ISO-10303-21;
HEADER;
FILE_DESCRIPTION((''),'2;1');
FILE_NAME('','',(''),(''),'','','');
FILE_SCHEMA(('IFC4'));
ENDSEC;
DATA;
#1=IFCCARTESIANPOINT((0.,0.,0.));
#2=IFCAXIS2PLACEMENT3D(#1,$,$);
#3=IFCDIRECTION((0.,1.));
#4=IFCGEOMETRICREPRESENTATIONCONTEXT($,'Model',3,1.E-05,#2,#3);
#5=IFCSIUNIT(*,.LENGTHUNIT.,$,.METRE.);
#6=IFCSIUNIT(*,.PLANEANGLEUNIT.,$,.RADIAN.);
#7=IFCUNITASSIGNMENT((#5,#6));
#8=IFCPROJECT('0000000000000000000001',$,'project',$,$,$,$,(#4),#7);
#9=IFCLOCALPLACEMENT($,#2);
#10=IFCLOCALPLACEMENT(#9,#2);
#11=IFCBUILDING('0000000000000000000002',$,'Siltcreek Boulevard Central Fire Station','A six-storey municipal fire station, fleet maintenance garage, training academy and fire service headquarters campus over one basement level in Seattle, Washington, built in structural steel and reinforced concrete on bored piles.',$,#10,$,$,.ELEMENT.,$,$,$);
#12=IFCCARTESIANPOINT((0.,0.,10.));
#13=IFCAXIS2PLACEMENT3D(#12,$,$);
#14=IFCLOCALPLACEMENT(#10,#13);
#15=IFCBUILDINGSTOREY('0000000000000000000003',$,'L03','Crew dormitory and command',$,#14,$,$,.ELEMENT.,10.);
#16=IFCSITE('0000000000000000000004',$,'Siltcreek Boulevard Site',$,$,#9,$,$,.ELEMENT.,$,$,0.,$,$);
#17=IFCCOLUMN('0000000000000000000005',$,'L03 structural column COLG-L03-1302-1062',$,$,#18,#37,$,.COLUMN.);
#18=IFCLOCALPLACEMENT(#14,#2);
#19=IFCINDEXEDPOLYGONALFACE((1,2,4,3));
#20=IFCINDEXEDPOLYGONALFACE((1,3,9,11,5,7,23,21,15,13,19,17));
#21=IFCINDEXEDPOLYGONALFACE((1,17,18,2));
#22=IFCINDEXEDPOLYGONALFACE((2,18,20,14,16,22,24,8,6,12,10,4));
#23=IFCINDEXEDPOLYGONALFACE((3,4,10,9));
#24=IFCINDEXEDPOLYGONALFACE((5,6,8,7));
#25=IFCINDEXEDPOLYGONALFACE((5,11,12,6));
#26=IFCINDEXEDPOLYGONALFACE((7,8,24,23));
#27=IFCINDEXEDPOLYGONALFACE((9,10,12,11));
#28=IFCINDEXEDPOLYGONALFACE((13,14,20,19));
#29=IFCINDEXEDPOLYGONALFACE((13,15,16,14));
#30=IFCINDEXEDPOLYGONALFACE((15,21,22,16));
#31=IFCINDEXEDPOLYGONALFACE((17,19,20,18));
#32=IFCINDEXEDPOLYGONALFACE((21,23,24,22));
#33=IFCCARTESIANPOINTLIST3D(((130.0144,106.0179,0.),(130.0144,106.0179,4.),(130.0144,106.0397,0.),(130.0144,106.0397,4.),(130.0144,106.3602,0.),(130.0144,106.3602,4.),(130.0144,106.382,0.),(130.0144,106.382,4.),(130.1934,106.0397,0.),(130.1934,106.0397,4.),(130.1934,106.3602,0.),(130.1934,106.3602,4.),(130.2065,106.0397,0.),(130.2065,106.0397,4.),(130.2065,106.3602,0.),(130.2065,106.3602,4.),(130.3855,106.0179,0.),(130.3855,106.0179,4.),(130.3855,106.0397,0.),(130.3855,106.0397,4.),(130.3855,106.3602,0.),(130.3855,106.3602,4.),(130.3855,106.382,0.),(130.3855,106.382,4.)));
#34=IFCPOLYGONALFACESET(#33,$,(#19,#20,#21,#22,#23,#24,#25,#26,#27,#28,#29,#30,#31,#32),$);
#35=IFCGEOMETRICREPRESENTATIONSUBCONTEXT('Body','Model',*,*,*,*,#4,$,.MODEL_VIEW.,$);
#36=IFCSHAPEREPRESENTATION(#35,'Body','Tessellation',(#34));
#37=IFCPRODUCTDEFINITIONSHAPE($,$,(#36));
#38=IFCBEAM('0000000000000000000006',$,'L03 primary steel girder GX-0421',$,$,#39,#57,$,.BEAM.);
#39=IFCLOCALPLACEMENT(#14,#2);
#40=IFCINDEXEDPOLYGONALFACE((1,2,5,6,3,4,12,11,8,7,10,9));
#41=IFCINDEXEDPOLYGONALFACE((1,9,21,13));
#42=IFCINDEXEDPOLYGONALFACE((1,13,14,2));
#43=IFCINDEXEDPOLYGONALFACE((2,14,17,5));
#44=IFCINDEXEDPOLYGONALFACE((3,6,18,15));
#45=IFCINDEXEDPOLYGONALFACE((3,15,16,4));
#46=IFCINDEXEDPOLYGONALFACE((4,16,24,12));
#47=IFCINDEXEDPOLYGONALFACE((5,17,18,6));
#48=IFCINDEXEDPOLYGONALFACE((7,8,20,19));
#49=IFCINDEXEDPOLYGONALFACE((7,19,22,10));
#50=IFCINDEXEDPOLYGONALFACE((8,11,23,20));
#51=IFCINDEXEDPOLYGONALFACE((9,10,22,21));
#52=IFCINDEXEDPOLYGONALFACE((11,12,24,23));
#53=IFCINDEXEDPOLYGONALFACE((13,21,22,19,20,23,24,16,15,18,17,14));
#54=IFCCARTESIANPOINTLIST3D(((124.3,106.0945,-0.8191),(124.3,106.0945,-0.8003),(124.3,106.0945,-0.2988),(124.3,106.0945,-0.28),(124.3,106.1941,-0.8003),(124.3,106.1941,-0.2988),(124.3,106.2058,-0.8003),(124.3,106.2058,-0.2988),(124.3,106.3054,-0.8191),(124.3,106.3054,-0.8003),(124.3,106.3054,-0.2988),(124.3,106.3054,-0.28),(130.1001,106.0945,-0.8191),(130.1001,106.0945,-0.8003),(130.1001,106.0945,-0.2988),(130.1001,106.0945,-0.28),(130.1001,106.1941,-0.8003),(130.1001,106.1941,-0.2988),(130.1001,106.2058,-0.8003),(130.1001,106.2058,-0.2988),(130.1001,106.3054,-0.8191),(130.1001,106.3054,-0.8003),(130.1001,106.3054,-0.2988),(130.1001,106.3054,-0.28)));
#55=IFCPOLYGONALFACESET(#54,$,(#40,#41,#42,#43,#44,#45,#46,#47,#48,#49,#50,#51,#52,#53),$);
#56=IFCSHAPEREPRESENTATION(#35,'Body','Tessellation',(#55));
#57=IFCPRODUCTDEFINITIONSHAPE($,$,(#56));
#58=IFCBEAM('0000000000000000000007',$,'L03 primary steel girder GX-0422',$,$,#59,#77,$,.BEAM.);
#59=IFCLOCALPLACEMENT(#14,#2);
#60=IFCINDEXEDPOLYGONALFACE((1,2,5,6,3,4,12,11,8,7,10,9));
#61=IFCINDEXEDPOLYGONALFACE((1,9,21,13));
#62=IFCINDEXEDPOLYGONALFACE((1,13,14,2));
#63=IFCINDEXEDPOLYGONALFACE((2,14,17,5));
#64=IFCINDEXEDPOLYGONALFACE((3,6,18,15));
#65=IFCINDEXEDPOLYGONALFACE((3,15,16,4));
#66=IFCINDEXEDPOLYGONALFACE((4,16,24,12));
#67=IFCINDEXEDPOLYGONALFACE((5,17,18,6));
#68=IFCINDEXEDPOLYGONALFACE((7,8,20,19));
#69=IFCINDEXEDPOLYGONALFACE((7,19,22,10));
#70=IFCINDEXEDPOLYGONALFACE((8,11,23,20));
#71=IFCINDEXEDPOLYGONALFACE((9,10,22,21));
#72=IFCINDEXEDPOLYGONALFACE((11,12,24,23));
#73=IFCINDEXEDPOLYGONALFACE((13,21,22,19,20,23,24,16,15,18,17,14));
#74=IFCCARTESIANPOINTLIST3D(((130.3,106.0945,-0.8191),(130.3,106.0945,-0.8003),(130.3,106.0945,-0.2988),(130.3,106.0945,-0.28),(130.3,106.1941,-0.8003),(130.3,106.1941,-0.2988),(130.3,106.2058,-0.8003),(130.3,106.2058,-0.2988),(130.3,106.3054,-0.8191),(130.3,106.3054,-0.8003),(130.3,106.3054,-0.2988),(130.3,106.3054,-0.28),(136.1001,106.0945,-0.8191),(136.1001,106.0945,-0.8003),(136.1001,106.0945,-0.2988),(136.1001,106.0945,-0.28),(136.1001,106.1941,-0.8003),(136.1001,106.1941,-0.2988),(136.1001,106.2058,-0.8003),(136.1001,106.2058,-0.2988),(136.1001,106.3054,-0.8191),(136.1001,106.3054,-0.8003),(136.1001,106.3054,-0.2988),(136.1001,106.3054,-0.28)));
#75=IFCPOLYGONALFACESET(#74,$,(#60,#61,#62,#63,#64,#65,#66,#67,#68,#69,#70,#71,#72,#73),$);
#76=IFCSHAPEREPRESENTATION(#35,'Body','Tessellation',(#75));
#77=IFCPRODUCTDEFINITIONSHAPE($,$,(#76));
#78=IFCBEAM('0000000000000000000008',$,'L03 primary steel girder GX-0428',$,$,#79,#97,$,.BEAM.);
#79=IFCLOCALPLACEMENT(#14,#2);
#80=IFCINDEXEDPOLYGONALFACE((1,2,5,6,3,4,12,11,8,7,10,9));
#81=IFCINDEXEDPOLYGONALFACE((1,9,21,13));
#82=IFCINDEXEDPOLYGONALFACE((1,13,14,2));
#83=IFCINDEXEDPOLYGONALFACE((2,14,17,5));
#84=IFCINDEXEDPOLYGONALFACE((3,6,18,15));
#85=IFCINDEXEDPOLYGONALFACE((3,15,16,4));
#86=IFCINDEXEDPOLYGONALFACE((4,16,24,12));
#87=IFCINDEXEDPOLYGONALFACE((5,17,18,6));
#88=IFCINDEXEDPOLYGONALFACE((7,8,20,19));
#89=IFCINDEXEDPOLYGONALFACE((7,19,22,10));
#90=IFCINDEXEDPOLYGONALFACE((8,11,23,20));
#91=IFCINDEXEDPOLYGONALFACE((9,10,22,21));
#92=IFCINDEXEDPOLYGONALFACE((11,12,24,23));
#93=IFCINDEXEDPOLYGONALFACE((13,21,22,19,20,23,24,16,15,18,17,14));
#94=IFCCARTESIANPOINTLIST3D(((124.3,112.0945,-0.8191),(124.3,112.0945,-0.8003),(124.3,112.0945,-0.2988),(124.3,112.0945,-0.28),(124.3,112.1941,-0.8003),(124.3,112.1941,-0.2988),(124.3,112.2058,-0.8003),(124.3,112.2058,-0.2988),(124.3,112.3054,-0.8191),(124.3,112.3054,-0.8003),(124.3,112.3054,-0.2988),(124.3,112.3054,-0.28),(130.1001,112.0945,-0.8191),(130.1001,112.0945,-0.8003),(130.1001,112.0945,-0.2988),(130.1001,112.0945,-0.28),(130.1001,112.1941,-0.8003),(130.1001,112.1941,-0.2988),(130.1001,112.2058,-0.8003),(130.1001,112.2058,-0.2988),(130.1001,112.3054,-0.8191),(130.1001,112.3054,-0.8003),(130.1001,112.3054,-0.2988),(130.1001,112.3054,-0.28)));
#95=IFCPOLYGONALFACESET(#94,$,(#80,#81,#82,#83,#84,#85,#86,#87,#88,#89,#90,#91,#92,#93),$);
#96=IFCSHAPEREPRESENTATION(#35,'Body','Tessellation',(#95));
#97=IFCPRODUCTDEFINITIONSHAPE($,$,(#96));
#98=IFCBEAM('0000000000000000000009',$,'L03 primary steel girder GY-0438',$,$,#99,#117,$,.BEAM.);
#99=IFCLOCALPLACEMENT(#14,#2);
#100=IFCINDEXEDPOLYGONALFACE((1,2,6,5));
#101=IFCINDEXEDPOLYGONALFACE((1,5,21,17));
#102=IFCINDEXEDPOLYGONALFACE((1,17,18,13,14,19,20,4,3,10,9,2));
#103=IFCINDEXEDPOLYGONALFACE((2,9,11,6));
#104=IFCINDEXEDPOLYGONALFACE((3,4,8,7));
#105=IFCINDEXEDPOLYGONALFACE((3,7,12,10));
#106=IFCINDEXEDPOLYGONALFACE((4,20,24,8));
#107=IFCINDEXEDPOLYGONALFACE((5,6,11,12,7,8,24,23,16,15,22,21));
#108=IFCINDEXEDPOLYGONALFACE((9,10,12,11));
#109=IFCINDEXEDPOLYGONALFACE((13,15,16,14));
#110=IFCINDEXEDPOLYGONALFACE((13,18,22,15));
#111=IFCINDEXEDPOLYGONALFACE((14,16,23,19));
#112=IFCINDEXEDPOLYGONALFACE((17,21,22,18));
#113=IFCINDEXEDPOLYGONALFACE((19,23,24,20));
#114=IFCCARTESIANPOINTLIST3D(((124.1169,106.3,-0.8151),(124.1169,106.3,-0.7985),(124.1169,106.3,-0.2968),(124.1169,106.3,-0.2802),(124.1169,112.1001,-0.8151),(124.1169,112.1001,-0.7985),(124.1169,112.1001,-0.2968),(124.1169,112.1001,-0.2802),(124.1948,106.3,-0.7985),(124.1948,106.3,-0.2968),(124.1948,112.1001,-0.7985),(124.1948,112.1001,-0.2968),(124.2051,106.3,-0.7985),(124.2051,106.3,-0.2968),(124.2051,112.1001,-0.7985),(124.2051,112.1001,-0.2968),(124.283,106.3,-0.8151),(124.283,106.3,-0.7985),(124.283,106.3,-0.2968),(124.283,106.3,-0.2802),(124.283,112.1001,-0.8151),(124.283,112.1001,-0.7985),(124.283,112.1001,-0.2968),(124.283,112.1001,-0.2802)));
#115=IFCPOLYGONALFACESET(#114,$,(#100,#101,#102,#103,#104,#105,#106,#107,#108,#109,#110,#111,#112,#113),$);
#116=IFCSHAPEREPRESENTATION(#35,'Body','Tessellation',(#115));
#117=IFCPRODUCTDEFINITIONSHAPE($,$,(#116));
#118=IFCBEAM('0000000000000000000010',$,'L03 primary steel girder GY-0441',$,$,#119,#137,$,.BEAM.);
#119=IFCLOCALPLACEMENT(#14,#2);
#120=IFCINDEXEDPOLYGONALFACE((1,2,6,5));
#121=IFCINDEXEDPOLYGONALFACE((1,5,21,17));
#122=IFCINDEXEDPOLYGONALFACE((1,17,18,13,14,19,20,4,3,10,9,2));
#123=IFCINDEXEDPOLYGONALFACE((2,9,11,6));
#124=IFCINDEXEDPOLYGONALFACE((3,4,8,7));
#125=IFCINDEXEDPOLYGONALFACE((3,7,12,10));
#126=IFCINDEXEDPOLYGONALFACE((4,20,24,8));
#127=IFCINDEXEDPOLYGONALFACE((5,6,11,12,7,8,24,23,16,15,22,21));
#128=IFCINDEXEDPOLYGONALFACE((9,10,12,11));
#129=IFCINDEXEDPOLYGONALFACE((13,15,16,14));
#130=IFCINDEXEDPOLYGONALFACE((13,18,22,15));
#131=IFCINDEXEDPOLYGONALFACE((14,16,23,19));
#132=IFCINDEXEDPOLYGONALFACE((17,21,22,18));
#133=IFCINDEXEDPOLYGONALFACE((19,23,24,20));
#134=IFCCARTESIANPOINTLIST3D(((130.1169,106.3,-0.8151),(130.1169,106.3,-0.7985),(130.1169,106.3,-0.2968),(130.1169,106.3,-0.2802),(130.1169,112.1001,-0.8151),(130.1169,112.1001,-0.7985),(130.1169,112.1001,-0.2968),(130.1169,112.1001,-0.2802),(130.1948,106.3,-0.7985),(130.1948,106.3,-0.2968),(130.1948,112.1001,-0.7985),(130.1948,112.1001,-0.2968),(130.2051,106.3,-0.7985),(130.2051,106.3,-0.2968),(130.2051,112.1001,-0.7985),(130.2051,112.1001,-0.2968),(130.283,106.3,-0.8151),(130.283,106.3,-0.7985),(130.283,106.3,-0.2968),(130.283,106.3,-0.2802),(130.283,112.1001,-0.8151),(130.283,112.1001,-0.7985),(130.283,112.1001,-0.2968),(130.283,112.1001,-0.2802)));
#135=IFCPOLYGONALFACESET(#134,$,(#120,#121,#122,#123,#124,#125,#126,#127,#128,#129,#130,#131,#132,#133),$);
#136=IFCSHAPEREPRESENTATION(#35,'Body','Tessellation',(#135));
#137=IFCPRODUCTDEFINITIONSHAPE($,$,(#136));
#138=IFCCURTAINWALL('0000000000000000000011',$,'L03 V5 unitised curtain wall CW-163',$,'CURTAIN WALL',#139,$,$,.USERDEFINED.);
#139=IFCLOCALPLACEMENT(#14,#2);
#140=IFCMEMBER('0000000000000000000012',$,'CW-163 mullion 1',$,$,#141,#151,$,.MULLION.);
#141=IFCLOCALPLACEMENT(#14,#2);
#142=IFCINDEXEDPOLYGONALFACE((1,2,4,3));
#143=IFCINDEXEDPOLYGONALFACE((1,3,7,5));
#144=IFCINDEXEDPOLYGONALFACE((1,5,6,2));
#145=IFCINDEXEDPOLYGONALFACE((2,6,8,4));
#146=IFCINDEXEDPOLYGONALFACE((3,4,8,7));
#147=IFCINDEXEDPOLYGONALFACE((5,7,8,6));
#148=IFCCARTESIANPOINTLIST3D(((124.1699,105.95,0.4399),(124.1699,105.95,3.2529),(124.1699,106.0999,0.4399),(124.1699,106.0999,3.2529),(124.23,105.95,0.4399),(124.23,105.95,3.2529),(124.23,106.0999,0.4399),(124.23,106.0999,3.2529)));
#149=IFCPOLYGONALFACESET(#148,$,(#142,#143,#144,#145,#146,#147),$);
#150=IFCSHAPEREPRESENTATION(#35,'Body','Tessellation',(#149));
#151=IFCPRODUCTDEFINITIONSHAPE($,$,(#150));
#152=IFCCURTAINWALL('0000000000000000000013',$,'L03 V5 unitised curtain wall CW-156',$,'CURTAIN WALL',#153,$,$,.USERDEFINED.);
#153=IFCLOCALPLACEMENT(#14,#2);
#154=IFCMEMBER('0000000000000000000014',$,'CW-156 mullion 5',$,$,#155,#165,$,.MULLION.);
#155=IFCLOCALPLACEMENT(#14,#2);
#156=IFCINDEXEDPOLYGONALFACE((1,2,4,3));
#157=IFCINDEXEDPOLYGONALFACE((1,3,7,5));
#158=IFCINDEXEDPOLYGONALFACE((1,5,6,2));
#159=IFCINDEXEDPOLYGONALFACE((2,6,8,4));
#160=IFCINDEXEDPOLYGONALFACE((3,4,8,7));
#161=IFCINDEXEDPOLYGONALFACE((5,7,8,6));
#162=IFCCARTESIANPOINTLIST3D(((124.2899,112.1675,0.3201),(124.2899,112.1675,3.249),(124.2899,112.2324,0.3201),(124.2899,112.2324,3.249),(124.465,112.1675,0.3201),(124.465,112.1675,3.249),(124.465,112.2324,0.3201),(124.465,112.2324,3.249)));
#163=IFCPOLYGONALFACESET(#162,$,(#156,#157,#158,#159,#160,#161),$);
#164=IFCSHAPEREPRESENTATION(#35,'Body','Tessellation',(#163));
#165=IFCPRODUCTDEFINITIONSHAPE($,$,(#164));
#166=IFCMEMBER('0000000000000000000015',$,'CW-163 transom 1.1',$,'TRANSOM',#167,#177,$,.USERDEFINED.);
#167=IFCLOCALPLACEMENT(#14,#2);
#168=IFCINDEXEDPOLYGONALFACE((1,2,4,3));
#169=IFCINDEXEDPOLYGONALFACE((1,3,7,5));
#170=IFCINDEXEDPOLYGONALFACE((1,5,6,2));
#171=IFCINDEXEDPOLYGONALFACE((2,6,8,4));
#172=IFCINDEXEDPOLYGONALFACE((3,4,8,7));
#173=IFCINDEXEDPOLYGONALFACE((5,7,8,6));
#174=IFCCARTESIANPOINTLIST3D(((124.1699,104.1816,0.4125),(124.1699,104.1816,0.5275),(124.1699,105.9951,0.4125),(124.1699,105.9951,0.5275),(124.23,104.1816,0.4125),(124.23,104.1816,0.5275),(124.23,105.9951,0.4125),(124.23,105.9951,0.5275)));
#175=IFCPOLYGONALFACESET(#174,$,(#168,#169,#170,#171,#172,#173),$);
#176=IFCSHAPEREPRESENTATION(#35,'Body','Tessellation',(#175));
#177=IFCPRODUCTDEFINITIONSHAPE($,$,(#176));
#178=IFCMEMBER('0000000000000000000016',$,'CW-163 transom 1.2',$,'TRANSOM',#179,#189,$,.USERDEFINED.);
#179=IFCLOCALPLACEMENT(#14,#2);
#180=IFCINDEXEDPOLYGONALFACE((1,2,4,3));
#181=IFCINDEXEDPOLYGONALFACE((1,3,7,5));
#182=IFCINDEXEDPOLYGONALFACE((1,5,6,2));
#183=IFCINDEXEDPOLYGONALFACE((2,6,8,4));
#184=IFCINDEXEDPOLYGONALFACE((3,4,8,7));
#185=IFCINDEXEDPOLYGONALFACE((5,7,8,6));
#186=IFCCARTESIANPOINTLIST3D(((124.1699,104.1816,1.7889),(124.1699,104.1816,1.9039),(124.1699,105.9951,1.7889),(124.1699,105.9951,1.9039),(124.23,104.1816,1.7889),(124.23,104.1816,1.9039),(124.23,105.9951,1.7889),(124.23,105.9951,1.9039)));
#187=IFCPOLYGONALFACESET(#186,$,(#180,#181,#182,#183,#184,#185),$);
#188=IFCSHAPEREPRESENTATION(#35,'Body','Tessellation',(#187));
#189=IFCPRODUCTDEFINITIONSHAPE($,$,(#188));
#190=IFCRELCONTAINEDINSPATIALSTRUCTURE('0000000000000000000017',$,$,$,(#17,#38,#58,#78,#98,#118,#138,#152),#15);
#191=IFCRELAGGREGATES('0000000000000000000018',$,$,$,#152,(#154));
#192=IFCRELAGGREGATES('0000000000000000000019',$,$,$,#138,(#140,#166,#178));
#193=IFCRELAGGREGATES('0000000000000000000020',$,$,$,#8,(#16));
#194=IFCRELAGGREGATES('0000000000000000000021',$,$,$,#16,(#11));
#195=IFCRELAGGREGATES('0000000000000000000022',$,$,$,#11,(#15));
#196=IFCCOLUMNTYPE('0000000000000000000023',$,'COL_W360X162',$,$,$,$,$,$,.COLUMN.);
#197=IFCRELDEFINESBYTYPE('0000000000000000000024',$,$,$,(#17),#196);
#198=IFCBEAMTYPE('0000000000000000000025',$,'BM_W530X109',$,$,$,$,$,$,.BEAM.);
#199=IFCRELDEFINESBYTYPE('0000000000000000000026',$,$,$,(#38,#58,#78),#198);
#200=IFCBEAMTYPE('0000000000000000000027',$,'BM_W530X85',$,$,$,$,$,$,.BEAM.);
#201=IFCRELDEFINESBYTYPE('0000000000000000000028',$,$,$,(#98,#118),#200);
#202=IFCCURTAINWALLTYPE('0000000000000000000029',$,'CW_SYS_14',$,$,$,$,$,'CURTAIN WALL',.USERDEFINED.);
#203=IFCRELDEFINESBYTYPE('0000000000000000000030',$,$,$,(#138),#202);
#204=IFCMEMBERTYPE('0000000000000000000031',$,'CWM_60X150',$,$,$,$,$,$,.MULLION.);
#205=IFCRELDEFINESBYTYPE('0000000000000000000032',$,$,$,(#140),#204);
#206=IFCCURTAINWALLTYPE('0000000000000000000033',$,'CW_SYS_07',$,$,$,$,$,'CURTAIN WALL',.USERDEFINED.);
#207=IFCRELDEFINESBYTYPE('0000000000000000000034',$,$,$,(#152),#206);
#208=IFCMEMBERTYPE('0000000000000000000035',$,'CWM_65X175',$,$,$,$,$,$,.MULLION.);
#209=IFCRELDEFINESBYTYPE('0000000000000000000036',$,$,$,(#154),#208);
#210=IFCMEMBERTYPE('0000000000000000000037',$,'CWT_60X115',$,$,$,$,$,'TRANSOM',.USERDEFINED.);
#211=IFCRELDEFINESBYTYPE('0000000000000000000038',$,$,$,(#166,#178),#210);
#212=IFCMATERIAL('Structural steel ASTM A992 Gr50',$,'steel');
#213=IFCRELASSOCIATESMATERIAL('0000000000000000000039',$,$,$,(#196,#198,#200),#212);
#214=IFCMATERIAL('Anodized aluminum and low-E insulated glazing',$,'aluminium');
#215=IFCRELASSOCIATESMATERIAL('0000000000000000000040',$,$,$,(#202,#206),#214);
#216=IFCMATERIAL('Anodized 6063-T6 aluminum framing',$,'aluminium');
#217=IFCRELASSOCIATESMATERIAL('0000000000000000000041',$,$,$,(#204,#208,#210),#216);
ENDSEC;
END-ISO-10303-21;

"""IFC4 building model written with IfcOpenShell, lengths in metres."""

from ifc_helpers import new_model, si_unit, direction, frame, origin, origin_2d, place, context, subcontext, project, spatial, rectangle, i_section, extrude, material, material_profile, profile_set, type_object, element, aggregate, save


model = new_model("IFC4")

# Units and contexts
model_context = context("Model", 3, precision=1e-05, world=origin(), true_north=direction((0.0, 1.0)))
body_context = subcontext(model_context, "Body", "Model", "MODEL_VIEW")
ifc_project = project(units=[si_unit("LENGTHUNIT", "METRE"), si_unit("PLANEANGLEUNIT", "RADIAN")], contexts=[model_context])

# Site, building, storey
site_placement = place(None, origin())
site = spatial("IfcSite", under=ifc_project, at=site_placement, Name="Siltcreek Boulevard Site", CompositionType="ELEMENT", RefElevation=0.0)
building_placement = place(site_placement, origin())
building = spatial("IfcBuilding", under=site, at=building_placement, Name="Siltcreek Boulevard Central Fire Station", Description="A six-storey municipal fire station, fleet maintenance garage, training academy and fire service headquarters campus over one basement level in Seattle, Washington, built in structural steel and reinforced concrete on bored piles.", CompositionType="ELEMENT")
storey_placement = place(building_placement, frame((0.0, 0.0, 10.0)))
storey = spatial("IfcBuildingStorey", under=building, at=storey_placement, Name="L03", Description="Crew dormitory and command", CompositionType="ELEMENT", Elevation=10.0)

# Column
ifc_material_1 = material(Name="Structural steel ASTM A992 Gr50", Category="steel")
ifc_material_profile_1 = material_profile(ifc_material_1, i_section(OverallWidth=0.3711, OverallDepth=0.364, WebThickness=0.0132, FlangeThickness=0.0217, at=origin_2d()), Name="W360X162")
ifc_profile_set_1 = profile_set([ifc_material_profile_1], Name="Structural steel ASTM A992 Gr50")
column_type = type_object("IfcColumnType", Name="COL_W360X162", PredefinedType="COLUMN", material=ifc_profile_set_1)
column_placement = place(storey_placement, frame((130.2, 106.2, 0.0), z_axis=(0.0, 0.0, 1.0), x_axis=(1.0, 0.0, 0.0)))
element("IfcColumn", 1, at=column_placement, inside=storey, type_object=column_type, Name="L03 structural column COLG-L03-1302-1062", PredefinedType="COLUMN", context=body_context, shape_type="SweptSolid", body=[
    extrude(i_section(OverallWidth=0.3711, OverallDepth=0.364, WebThickness=0.0132, FlangeThickness=0.0217, at=origin_2d()), origin(), (0.0, 0.0, 1.0), 4.0),
])

# Beams
ifc_material_profile_2 = material_profile(ifc_material_1, i_section(OverallWidth=0.2109, OverallDepth=0.5391, WebThickness=0.0117, FlangeThickness=0.0188, at=origin_2d()), Name="W530X109")
ifc_profile_set_2 = profile_set([ifc_material_profile_2], Name="Structural steel ASTM A992 Gr50")
beam_type_1 = type_object("IfcBeamType", Name="BM_W530X109", PredefinedType="BEAM", material=ifc_profile_set_2)
for number, where, z_axis, x_axis, name in (
    (2, (124.3, 106.2, -0.5496), (1.0, 0.0, 0.0), (0.0, 1.0, 0.0), "L03 primary steel girder GX-0421"),
    (3, (130.3, 106.2, -0.5496), (1.0, 0.0, 0.0), (0.0, 1.0, 0.0), "L03 primary steel girder GX-0422"),
    (4, (124.3, 112.2, -0.5496), (1.0, 0.0, 0.0), (0.0, 1.0, 0.0), "L03 primary steel girder GX-0428"),
):
    element("IfcBeam", number, at=place(storey_placement, frame(where, z_axis=z_axis, x_axis=x_axis)), inside=storey, type_object=beam_type_1, Name=name, PredefinedType="BEAM", context=body_context, shape_type="SweptSolid", body=[
        extrude(i_section(OverallWidth=0.2109, OverallDepth=0.5391, WebThickness=0.0117, FlangeThickness=0.0188, at=origin_2d()), origin(), (0.0, 0.0, 1.0), 5.8),
    ])
ifc_material_profile_3 = material_profile(ifc_material_1, i_section(OverallWidth=0.166, OverallDepth=0.5349, WebThickness=0.0103, FlangeThickness=0.0166, at=origin_2d()), Name="W530X85")
ifc_profile_set_3 = profile_set([ifc_material_profile_3], Name="Structural steel ASTM A992 Gr50")
beam_type_2 = type_object("IfcBeamType", Name="BM_W530X85", PredefinedType="BEAM", material=ifc_profile_set_3)
for number, where, z_axis, x_axis, name in (
    (5, (124.2, 106.3, -0.5476), (0.0, 1.0, 0.0), (-1.0, 0.0, 0.0), "L03 primary steel girder GY-0438"),
    (6, (130.2, 106.3, -0.5476), (0.0, 1.0, 0.0), (-1.0, 0.0, 0.0), "L03 primary steel girder GY-0441"),
):
    element("IfcBeam", number, at=place(storey_placement, frame(where, z_axis=z_axis, x_axis=x_axis)), inside=storey, type_object=beam_type_2, Name=name, PredefinedType="BEAM", context=body_context, shape_type="SweptSolid", body=[
        extrude(i_section(OverallWidth=0.166, OverallDepth=0.5349, WebThickness=0.0103, FlangeThickness=0.0166, at=origin_2d()), origin(), (0.0, 0.0, 1.0), 5.8),
    ])

# Curtain walls, members
ifc_material_2 = material(Name="Anodized aluminum and low-E insulated glazing", Category="aluminium")
curtain_wall_type_1 = type_object("IfcCurtainWallType", Name="CW_SYS_14", ElementType="CURTAIN WALL", PredefinedType="USERDEFINED", material=ifc_material_2)
curtain_wall_1_placement = place(storey_placement, origin())
curtain_wall_1 = element("IfcCurtainWall", 7, at=curtain_wall_1_placement, inside=storey, type_object=curtain_wall_type_1, Name="L03 V5 unitised curtain wall CW-163", ObjectType="CURTAIN WALL", PredefinedType="USERDEFINED")
ifc_material_3 = material(Name="Anodized 6063-T6 aluminum framing", Category="aluminium")
ifc_material_profile_4 = material_profile(ifc_material_3, rectangle(XDim=0.0601, YDim=0.1499, at=origin_2d()), Name="MULL60X150")
ifc_profile_set_4 = profile_set([ifc_material_profile_4], Name="Anodized 6063-T6 aluminum framing")
member_type_1 = type_object("IfcMemberType", Name="CWM_60X150", PredefinedType="MULLION", material=ifc_profile_set_4)
member_1_placement = place(storey_placement, frame((124.2, 106.0249, 0.4399), z_axis=(0.0, 0.0, 1.0), x_axis=(1.0, 0.0, 0.0)))
member_1 = element("IfcMember", 8, at=member_1_placement, type_object=member_type_1, Name="CW-163 mullion 1", PredefinedType="MULLION", context=body_context, shape_type="SweptSolid", body=[
    extrude(rectangle(XDim=0.0601, YDim=0.1499, at=origin_2d()), origin(), (0.0, 0.0, 1.0), 2.813),
])
curtain_wall_type_2 = type_object("IfcCurtainWallType", Name="CW_SYS_07", ElementType="CURTAIN WALL", PredefinedType="USERDEFINED", material=ifc_material_2)
curtain_wall_2_placement = place(storey_placement, origin())
curtain_wall_2 = element("IfcCurtainWall", 9, at=curtain_wall_2_placement, inside=storey, type_object=curtain_wall_type_2, Name="L03 V5 unitised curtain wall CW-156", ObjectType="CURTAIN WALL", PredefinedType="USERDEFINED")
ifc_material_profile_5 = material_profile(ifc_material_3, rectangle(XDim=0.0649, YDim=0.175, at=origin_2d()), Name="MULL65X175")
ifc_profile_set_5 = profile_set([ifc_material_profile_5], Name="Anodized 6063-T6 aluminum framing")
member_type_2 = type_object("IfcMemberType", Name="CWM_65X175", PredefinedType="MULLION", material=ifc_profile_set_5)
member_2_placement = place(storey_placement, frame((124.3774, 112.2, 0.3201), z_axis=(0.0, 0.0, 1.0), x_axis=(0.0, -1.0, 0.0)))
member_2 = element("IfcMember", 10, at=member_2_placement, type_object=member_type_2, Name="CW-156 mullion 5", PredefinedType="MULLION", context=body_context, shape_type="SweptSolid", body=[
    extrude(rectangle(XDim=0.0649, YDim=0.175, at=origin_2d()), origin(), (0.0, 0.0, 1.0), 2.929),
])

# Members
ifc_material_profile_6 = material_profile(ifc_material_3, rectangle(XDim=0.0601, YDim=0.115, at=origin_2d()), Name="TRAN60X115")
ifc_profile_set_6 = profile_set([ifc_material_profile_6], Name="Anodized 6063-T6 aluminum framing")
member_type_3 = type_object("IfcMemberType", Name="CWT_60X115", ElementType="TRANSOM", PredefinedType="USERDEFINED", material=ifc_profile_set_6)
member_3_placement = place(storey_placement, frame((124.2, 105.9951, 0.47), z_axis=(0.0, -1.0, 0.0), x_axis=(1.0, 0.0, 0.0)))
member_3 = element("IfcMember", 11, at=member_3_placement, type_object=member_type_3, Name="CW-163 transom 1.1", ObjectType="TRANSOM", PredefinedType="USERDEFINED", context=body_context, shape_type="SweptSolid", body=[
    extrude(rectangle(XDim=0.0601, YDim=0.115, at=origin_2d()), origin(), (0.0, 0.0, 1.0), 1.8135),
])
member_4_placement = place(storey_placement, frame((124.2, 105.9951, 1.8464), z_axis=(0.0, -1.0, 0.0), x_axis=(1.0, 0.0, 0.0)))
member_4 = element("IfcMember", 12, at=member_4_placement, type_object=member_type_3, Name="CW-163 transom 1.2", ObjectType="TRANSOM", PredefinedType="USERDEFINED", context=body_context, shape_type="SweptSolid", body=[
    extrude(rectangle(XDim=0.0601, YDim=0.115, at=origin_2d()), origin(), (0.0, 0.0, 1.0), 1.8135),
])

aggregate(curtain_wall_2, [member_2])
aggregate(curtain_wall_1, [member_1, member_3, member_4])

save(model, "model.ifc")
